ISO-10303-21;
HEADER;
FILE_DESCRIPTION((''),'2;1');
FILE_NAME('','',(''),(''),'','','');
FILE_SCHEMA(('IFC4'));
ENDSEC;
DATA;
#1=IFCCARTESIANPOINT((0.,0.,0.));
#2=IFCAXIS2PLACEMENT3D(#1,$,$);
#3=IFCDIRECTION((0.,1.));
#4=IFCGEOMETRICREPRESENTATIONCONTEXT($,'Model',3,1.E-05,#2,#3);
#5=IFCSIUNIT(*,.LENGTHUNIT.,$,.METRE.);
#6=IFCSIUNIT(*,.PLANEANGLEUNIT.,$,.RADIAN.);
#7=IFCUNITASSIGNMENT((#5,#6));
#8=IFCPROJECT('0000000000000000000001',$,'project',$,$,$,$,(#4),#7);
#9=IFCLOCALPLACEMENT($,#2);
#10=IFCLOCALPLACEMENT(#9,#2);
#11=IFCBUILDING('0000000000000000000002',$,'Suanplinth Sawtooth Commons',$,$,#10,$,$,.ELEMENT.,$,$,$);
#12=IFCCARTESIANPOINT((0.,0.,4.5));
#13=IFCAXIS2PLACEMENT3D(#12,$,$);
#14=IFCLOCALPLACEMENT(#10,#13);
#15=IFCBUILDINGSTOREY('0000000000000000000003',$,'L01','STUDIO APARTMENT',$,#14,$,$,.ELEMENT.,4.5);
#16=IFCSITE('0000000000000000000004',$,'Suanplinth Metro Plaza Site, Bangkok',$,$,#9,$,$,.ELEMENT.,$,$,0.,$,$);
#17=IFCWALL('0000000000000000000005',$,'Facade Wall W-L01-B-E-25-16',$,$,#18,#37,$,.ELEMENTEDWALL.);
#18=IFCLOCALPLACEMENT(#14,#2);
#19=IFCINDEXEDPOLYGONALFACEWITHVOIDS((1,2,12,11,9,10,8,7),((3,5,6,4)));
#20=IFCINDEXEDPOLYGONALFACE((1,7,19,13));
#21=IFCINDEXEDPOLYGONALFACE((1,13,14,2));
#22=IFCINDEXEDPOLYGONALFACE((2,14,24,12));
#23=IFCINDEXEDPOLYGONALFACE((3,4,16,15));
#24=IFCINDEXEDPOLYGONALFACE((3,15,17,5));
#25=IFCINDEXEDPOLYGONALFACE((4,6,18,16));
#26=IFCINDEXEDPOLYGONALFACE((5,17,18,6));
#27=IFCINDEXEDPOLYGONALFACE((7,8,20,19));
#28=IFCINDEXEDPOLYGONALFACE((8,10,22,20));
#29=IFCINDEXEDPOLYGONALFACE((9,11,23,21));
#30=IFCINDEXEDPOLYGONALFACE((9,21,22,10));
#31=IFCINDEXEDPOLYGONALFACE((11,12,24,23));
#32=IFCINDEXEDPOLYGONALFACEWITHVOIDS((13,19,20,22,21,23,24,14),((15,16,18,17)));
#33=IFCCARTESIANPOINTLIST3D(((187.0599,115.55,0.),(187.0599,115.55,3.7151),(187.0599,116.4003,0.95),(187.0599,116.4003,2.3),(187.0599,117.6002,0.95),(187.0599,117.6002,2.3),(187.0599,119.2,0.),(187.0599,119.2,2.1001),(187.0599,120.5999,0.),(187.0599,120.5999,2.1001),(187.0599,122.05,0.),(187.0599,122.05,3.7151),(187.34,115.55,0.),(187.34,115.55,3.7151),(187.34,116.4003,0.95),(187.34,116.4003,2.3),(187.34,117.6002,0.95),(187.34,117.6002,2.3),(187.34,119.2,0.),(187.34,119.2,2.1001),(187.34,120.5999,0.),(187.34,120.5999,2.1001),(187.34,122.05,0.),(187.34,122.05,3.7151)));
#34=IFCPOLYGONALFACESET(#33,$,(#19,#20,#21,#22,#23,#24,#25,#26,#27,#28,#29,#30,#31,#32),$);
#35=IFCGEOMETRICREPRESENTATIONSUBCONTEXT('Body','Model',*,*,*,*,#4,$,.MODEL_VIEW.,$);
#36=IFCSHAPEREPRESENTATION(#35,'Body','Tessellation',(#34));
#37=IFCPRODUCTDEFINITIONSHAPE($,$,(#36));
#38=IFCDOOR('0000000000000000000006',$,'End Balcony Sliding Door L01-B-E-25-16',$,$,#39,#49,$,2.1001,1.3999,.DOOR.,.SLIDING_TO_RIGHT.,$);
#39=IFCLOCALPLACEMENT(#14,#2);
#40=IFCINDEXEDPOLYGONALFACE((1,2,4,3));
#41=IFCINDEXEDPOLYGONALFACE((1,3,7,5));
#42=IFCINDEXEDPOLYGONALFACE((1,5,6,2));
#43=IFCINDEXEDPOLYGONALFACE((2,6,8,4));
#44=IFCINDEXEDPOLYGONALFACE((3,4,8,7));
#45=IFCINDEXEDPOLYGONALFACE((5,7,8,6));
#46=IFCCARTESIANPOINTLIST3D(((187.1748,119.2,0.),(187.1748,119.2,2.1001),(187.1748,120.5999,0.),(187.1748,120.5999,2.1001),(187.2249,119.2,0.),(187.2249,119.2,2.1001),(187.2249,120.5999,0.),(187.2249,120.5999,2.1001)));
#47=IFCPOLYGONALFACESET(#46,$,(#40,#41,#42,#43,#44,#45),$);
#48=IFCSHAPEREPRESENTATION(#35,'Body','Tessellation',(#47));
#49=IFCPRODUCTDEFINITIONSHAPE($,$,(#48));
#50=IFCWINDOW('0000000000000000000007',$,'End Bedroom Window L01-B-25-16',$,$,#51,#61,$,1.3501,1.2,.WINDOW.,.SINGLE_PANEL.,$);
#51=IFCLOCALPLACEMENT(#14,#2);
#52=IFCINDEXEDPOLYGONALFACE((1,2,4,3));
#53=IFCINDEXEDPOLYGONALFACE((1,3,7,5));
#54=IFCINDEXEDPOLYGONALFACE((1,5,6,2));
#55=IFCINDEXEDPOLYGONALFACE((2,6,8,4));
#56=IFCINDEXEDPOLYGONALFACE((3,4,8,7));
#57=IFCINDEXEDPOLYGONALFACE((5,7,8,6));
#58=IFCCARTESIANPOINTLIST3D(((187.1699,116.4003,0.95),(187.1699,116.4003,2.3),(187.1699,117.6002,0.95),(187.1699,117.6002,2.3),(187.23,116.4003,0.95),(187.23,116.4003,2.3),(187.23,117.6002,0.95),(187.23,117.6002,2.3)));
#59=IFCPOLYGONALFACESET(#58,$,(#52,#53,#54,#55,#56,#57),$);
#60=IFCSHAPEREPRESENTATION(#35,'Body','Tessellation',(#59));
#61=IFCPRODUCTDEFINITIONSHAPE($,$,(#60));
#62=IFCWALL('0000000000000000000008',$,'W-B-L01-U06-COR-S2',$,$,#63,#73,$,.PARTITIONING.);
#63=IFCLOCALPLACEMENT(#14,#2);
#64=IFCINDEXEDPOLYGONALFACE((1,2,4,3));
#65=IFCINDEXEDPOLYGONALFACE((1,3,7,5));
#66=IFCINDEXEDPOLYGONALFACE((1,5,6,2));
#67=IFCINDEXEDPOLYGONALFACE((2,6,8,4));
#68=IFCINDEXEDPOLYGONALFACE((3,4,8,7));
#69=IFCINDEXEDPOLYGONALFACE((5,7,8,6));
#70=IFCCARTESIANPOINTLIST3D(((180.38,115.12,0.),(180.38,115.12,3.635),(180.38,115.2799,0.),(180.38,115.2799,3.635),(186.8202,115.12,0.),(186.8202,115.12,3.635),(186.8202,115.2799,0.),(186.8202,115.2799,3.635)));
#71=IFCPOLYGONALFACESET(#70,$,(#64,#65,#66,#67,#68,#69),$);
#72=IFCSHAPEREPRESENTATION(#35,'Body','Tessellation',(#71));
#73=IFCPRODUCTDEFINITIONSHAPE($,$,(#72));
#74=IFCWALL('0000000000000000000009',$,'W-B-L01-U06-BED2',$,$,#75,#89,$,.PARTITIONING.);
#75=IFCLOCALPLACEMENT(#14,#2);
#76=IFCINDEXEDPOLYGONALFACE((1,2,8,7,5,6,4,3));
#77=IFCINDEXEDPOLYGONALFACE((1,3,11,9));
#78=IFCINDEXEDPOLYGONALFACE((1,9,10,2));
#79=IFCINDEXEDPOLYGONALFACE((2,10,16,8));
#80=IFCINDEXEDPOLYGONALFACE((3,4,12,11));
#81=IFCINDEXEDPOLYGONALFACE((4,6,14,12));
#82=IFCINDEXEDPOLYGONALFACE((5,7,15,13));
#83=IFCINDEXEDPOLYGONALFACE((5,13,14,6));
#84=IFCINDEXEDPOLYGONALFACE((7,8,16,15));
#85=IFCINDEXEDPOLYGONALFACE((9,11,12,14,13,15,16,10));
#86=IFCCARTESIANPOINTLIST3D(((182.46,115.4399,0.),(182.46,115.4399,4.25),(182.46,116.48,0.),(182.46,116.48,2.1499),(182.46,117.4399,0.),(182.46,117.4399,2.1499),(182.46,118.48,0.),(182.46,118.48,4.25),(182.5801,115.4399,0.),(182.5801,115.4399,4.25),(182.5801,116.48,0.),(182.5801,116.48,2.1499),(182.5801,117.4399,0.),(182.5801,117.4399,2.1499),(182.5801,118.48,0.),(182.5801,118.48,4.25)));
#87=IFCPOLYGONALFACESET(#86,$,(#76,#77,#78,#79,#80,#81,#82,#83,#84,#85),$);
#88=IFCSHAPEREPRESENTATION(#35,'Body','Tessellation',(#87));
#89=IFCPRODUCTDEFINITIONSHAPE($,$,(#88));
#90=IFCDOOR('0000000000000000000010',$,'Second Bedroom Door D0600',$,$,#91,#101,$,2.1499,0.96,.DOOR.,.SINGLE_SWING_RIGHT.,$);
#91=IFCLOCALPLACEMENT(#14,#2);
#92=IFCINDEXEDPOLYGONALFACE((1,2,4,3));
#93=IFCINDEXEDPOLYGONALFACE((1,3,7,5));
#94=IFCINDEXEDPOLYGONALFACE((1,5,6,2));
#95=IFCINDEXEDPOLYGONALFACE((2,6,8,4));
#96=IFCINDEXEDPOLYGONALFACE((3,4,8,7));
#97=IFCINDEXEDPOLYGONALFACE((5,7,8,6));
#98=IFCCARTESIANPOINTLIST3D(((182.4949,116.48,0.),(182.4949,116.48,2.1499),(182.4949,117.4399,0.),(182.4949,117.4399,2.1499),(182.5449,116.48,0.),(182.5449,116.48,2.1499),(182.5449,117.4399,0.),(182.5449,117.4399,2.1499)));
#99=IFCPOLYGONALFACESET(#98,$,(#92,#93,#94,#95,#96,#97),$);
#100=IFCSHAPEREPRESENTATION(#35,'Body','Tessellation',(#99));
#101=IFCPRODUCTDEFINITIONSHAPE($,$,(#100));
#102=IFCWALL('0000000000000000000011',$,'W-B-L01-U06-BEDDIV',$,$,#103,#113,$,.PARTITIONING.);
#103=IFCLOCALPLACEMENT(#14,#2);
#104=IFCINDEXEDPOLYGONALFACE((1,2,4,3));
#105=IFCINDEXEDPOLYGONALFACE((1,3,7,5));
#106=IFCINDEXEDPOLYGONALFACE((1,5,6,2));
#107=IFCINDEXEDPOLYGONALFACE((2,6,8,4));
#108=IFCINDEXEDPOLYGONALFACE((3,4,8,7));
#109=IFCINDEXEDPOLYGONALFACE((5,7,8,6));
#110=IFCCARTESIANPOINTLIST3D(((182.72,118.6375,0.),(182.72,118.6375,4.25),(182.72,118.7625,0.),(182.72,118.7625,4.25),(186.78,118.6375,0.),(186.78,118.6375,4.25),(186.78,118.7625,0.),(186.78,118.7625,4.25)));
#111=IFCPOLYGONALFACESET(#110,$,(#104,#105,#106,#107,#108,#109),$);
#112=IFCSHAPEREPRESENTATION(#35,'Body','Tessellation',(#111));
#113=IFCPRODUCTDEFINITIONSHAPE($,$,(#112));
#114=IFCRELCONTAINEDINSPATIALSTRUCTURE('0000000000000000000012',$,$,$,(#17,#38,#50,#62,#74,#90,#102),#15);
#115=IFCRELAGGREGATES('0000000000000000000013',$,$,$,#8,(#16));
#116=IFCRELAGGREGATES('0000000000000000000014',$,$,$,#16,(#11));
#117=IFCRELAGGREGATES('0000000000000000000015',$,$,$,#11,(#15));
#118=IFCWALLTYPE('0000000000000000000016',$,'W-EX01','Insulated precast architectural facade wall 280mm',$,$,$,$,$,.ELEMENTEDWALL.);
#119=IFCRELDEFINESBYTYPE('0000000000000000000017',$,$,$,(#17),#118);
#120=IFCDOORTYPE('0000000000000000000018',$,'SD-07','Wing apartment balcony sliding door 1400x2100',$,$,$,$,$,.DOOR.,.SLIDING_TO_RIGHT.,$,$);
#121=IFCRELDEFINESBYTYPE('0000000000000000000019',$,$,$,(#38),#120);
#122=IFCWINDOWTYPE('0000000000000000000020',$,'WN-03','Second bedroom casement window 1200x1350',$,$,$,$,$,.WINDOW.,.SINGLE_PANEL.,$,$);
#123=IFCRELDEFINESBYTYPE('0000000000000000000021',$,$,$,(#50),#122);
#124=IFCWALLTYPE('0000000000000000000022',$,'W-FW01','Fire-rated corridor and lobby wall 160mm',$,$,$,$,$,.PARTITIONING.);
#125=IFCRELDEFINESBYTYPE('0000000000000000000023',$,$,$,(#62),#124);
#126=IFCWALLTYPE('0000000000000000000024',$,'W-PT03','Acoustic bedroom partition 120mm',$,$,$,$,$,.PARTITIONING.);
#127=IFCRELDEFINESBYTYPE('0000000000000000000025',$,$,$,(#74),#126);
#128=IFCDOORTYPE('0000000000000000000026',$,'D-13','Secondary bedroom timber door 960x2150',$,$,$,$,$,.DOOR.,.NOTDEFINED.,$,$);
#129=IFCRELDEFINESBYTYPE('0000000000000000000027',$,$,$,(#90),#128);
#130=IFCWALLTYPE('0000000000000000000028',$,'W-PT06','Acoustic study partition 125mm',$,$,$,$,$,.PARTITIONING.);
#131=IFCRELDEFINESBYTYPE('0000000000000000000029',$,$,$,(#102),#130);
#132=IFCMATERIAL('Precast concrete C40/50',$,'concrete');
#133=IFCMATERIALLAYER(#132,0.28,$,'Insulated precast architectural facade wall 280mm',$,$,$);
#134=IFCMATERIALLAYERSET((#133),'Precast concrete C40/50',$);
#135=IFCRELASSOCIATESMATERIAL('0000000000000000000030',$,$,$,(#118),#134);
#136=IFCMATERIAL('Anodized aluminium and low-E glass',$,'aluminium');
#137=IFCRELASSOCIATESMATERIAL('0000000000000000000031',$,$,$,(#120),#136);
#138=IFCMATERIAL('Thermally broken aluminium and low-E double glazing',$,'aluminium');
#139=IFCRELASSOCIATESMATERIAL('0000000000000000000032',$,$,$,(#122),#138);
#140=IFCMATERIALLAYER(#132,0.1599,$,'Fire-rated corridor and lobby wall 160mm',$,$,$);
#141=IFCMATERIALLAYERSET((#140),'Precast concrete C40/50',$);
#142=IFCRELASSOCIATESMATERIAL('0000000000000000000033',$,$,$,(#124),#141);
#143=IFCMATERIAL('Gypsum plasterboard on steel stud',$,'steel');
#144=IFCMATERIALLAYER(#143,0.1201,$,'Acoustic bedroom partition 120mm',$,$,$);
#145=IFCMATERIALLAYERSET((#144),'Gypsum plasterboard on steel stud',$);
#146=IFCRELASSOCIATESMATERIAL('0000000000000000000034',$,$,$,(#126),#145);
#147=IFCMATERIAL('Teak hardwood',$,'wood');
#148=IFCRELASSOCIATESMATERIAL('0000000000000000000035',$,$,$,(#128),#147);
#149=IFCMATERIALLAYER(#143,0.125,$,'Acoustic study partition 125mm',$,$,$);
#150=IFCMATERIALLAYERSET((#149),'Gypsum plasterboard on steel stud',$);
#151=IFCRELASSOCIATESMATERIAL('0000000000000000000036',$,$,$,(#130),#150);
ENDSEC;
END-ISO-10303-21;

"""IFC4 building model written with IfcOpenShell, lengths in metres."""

from ifc_helpers import new_model, si_unit, direction, frame, frame_2d, origin, place, context, subcontext, project, spatial, rectangle, extrude, material, layer, layer_set, type_object, element, fill, save


model = new_model("IFC4")

# Units and contexts
model_context = context("Model", 3, precision=1e-05, world=origin(), true_north=direction((0.0, 1.0)))
body_context = subcontext(model_context, "Body", "Model", "MODEL_VIEW")
ifc_project = project(units=[si_unit("LENGTHUNIT", "METRE"), si_unit("PLANEANGLEUNIT", "RADIAN")], contexts=[model_context])

# Site, building, storey
site_placement = place(None, origin())
site = spatial("IfcSite", under=ifc_project, at=site_placement, Name="Suanplinth Metro Plaza Site, Bangkok", CompositionType="ELEMENT", RefElevation=0.0)
building_placement = place(site_placement, origin())
building = spatial("IfcBuilding", under=site, at=building_placement, Name="Suanplinth Sawtooth Commons", CompositionType="ELEMENT")
storey_placement = place(building_placement, frame((0.0, 0.0, 4.5)))
storey = spatial("IfcBuildingStorey", under=building, at=storey_placement, Name="L01", Description="STUDIO APARTMENT", CompositionType="ELEMENT", Elevation=4.5)

# Shared definitions
ifc_material_1 = material(Name="Precast concrete C40/50", Category="concrete")

# Wall, openings, door, window
ifc_layer_1 = layer(ifc_material_1, 0.28, Name="Insulated precast architectural facade wall 280mm")
ifc_layer_set_1 = layer_set([ifc_layer_1], Name="Precast concrete C40/50")
wall_type_1 = type_object("IfcWallType", Name="W-EX01", Description="Insulated precast architectural facade wall 280mm", PredefinedType="ELEMENTEDWALL", material=ifc_layer_set_1)
ifc_material_2 = material(Name="Anodized aluminium and low-E glass", Category="aluminium")
ifc_material_3 = material(Name="Thermally broken aluminium and low-E double glazing", Category="aluminium")
wall_1_placement = place(storey_placement, frame((187.2, 115.55, 0.0), z_axis=(0.0, 0.0, 1.0), x_axis=(0.0, 1.0, 0.0)))
wall_1 = element("IfcWall", 1, at=wall_1_placement, inside=storey, type_object=wall_type_1, Name="Facade Wall W-L01-B-E-25-16", PredefinedType="ELEMENTEDWALL", context=body_context, shape_type="SweptSolid", body=[
    extrude(rectangle(XDim=6.5, YDim=0.28, at=frame_2d((3.25, 0.0))), origin(), (0.0, 0.0, 1.0), 3.7151),
])
opening_1_placement = place(wall_1_placement, frame((3.6499, 0.0, 0.0)))
opening_1 = element("IfcOpeningElement", 2, at=opening_1_placement, cuts=wall_1, PredefinedType="OPENING", context=body_context, shape_type="SweptSolid", body=[
    extrude(rectangle(XDim=1.3999, YDim=2.1001, at=frame_2d((0.7, 1.05))), frame((0.0, 0.1548, 0.0), z_axis=(0.0, -1.0, 0.0), x_axis=(1.0, 0.0, 0.0)), (0.0, 0.0, 1.0), 0.3098),
])
opening_2_placement = place(wall_1_placement, frame((0.8501, 0.0, 0.95)))
opening_2 = element("IfcOpeningElement", 3, at=opening_2_placement, cuts=wall_1, PredefinedType="OPENING", context=body_context, shape_type="SweptSolid", body=[
    extrude(rectangle(XDim=1.2, YDim=1.3501, at=frame_2d((0.6001, 0.675))), frame((0.0, 0.1548, 0.0), z_axis=(0.0, -1.0, 0.0), x_axis=(1.0, 0.0, 0.0)), (0.0, 0.0, 1.0), 0.3098),
])
door_type_1 = type_object("IfcDoorType", Name="SD-07", Description="Wing apartment balcony sliding door 1400x2100", OperationType="SLIDING_TO_RIGHT", PredefinedType="DOOR", material=ifc_material_2)
door_1_placement = place(opening_1_placement, frame((1.3999, 0.0, 0.0), z_axis=(0.0, 0.0, 1.0), x_axis=(-1.0, 0.0, 0.0)))
door_1 = element("IfcDoor", 4, at=door_1_placement, inside=storey, type_object=door_type_1, Name="End Balcony Sliding Door L01-B-E-25-16", OperationType="SLIDING_TO_RIGHT", OverallHeight=2.1001, OverallWidth=1.3999, PredefinedType="DOOR", context=body_context, shape_type="SweptSolid", body=[
    extrude(rectangle(XDim=1.3999, YDim=2.1001, at=frame_2d((0.7, 1.05))), frame((0.0, 0.0249, 0.0), z_axis=(0.0, -1.0, 0.0), x_axis=(1.0, 0.0, 0.0)), (0.0, 0.0, 1.0), 0.05),
])
fill(opening_1, door_1)
window_type_1 = type_object("IfcWindowType", Name="WN-03", Description="Second bedroom casement window 1200x1350", PartitioningType="SINGLE_PANEL", PredefinedType="WINDOW", material=ifc_material_3)
window_1_placement = place(opening_2_placement, origin())
window_1 = element("IfcWindow", 5, at=window_1_placement, inside=storey, type_object=window_type_1, Name="End Bedroom Window L01-B-25-16", OverallHeight=1.3501, OverallWidth=1.2, PartitioningType="SINGLE_PANEL", PredefinedType="WINDOW", context=body_context, shape_type="SweptSolid", body=[
    extrude(rectangle(XDim=1.2, YDim=1.3501, at=frame_2d((0.6001, 0.675))), frame((0.0, 0.03, 0.0), z_axis=(0.0, -1.0, 0.0), x_axis=(1.0, 0.0, 0.0)), (0.0, 0.0, 1.0), 0.0601),
])
fill(opening_2, window_1)

# Wall
ifc_layer_2 = layer(ifc_material_1, 0.1599, Name="Fire-rated corridor and lobby wall 160mm")
ifc_layer_set_2 = layer_set([ifc_layer_2], Name="Precast concrete C40/50")
wall_type_2 = type_object("IfcWallType", Name="W-FW01", Description="Fire-rated corridor and lobby wall 160mm", PredefinedType="PARTITIONING", material=ifc_layer_set_2)
wall_2_placement = place(storey_placement, frame((180.3799, 115.2, 0.0), z_axis=(0.0, 0.0, 1.0), x_axis=(1.0, 0.0, 0.0)))
element("IfcWall", 6, at=wall_2_placement, inside=storey, type_object=wall_type_2, Name="W-B-L01-U06-COR-S2", PredefinedType="PARTITIONING", context=body_context, shape_type="SweptSolid", body=[
    extrude(rectangle(XDim=6.4402, YDim=0.1599, at=frame_2d((3.2202, 0.0))), origin(), (0.0, 0.0, 1.0), 3.635),
])

# Wall, opening, door
ifc_material_4 = material(Name="Gypsum plasterboard on steel stud", Category="steel")
ifc_layer_3 = layer(ifc_material_4, 0.1201, Name="Acoustic bedroom partition 120mm")
ifc_layer_set_3 = layer_set([ifc_layer_3], Name="Gypsum plasterboard on steel stud")
wall_type_3 = type_object("IfcWallType", Name="W-PT03", Description="Acoustic bedroom partition 120mm", PredefinedType="PARTITIONING", material=ifc_layer_set_3)
wall_3_placement = place(storey_placement, frame((182.52, 115.4399, 0.0), z_axis=(0.0, 0.0, 1.0), x_axis=(0.0, 1.0, 0.0)))
wall_3 = element("IfcWall", 7, at=wall_3_placement, inside=storey, type_object=wall_type_3, Name="W-B-L01-U06-BED2", PredefinedType="PARTITIONING", context=body_context, shape_type="SweptSolid", body=[
    extrude(rectangle(XDim=3.04, YDim=0.1201, at=frame_2d((1.52, 0.0))), origin(), (0.0, 0.0, 1.0), 4.25),
])
opening_3_placement = place(wall_3_placement, frame((1.04, 0.0, 0.0)))
opening_3 = element("IfcOpeningElement", 8, at=opening_3_placement, cuts=wall_3, PredefinedType="OPENING", context=body_context, shape_type="SweptSolid", body=[
    extrude(rectangle(XDim=0.96, YDim=2.1499, at=frame_2d((0.48, 1.075))), frame((0.0, 0.075, 0.0), z_axis=(0.0, -1.0, 0.0), x_axis=(1.0, 0.0, 0.0)), (0.0, 0.0, 1.0), 0.1499),
])
ifc_material_5 = material(Name="Teak hardwood", Category="wood")
door_type_2 = type_object("IfcDoorType", Name="D-13", Description="Secondary bedroom timber door 960x2150", OperationType="NOTDEFINED", PredefinedType="DOOR", material=ifc_material_5)
door_2_placement = place(opening_3_placement, frame((0.96, 0.0, 0.0), z_axis=(0.0, 0.0, 1.0), x_axis=(-1.0, 0.0, 0.0)))
door_2 = element("IfcDoor", 9, at=door_2_placement, inside=storey, type_object=door_type_2, Name="Second Bedroom Door D0600", OperationType="SINGLE_SWING_RIGHT", OverallHeight=2.1499, OverallWidth=0.96, PredefinedType="DOOR", context=body_context, shape_type="SweptSolid", body=[
    extrude(rectangle(XDim=0.96, YDim=2.1499, at=frame_2d((0.48, 1.075))), frame((0.0, 0.0249, 0.0), z_axis=(0.0, -1.0, 0.0), x_axis=(1.0, 0.0, 0.0)), (0.0, 0.0, 1.0), 0.05),
])
fill(opening_3, door_2)

# Wall
ifc_layer_4 = layer(ifc_material_4, 0.125, Name="Acoustic study partition 125mm")
ifc_layer_set_4 = layer_set([ifc_layer_4], Name="Gypsum plasterboard on steel stud")
wall_type_4 = type_object("IfcWallType", Name="W-PT06", Description="Acoustic study partition 125mm", PredefinedType="PARTITIONING", material=ifc_layer_set_4)
wall_4_placement = place(storey_placement, frame((182.72, 118.7, 0.0), z_axis=(0.0, 0.0, 1.0), x_axis=(1.0, 0.0, 0.0)))
element("IfcWall", 10, at=wall_4_placement, inside=storey, type_object=wall_type_4, Name="W-B-L01-U06-BEDDIV", PredefinedType="PARTITIONING", context=body_context, shape_type="SweptSolid", body=[
    extrude(rectangle(XDim=4.0601, YDim=0.125, at=frame_2d((2.03, 0.0))), origin(), (0.0, 0.0, 1.0), 4.25),
])

save(model, "model.ifc")
